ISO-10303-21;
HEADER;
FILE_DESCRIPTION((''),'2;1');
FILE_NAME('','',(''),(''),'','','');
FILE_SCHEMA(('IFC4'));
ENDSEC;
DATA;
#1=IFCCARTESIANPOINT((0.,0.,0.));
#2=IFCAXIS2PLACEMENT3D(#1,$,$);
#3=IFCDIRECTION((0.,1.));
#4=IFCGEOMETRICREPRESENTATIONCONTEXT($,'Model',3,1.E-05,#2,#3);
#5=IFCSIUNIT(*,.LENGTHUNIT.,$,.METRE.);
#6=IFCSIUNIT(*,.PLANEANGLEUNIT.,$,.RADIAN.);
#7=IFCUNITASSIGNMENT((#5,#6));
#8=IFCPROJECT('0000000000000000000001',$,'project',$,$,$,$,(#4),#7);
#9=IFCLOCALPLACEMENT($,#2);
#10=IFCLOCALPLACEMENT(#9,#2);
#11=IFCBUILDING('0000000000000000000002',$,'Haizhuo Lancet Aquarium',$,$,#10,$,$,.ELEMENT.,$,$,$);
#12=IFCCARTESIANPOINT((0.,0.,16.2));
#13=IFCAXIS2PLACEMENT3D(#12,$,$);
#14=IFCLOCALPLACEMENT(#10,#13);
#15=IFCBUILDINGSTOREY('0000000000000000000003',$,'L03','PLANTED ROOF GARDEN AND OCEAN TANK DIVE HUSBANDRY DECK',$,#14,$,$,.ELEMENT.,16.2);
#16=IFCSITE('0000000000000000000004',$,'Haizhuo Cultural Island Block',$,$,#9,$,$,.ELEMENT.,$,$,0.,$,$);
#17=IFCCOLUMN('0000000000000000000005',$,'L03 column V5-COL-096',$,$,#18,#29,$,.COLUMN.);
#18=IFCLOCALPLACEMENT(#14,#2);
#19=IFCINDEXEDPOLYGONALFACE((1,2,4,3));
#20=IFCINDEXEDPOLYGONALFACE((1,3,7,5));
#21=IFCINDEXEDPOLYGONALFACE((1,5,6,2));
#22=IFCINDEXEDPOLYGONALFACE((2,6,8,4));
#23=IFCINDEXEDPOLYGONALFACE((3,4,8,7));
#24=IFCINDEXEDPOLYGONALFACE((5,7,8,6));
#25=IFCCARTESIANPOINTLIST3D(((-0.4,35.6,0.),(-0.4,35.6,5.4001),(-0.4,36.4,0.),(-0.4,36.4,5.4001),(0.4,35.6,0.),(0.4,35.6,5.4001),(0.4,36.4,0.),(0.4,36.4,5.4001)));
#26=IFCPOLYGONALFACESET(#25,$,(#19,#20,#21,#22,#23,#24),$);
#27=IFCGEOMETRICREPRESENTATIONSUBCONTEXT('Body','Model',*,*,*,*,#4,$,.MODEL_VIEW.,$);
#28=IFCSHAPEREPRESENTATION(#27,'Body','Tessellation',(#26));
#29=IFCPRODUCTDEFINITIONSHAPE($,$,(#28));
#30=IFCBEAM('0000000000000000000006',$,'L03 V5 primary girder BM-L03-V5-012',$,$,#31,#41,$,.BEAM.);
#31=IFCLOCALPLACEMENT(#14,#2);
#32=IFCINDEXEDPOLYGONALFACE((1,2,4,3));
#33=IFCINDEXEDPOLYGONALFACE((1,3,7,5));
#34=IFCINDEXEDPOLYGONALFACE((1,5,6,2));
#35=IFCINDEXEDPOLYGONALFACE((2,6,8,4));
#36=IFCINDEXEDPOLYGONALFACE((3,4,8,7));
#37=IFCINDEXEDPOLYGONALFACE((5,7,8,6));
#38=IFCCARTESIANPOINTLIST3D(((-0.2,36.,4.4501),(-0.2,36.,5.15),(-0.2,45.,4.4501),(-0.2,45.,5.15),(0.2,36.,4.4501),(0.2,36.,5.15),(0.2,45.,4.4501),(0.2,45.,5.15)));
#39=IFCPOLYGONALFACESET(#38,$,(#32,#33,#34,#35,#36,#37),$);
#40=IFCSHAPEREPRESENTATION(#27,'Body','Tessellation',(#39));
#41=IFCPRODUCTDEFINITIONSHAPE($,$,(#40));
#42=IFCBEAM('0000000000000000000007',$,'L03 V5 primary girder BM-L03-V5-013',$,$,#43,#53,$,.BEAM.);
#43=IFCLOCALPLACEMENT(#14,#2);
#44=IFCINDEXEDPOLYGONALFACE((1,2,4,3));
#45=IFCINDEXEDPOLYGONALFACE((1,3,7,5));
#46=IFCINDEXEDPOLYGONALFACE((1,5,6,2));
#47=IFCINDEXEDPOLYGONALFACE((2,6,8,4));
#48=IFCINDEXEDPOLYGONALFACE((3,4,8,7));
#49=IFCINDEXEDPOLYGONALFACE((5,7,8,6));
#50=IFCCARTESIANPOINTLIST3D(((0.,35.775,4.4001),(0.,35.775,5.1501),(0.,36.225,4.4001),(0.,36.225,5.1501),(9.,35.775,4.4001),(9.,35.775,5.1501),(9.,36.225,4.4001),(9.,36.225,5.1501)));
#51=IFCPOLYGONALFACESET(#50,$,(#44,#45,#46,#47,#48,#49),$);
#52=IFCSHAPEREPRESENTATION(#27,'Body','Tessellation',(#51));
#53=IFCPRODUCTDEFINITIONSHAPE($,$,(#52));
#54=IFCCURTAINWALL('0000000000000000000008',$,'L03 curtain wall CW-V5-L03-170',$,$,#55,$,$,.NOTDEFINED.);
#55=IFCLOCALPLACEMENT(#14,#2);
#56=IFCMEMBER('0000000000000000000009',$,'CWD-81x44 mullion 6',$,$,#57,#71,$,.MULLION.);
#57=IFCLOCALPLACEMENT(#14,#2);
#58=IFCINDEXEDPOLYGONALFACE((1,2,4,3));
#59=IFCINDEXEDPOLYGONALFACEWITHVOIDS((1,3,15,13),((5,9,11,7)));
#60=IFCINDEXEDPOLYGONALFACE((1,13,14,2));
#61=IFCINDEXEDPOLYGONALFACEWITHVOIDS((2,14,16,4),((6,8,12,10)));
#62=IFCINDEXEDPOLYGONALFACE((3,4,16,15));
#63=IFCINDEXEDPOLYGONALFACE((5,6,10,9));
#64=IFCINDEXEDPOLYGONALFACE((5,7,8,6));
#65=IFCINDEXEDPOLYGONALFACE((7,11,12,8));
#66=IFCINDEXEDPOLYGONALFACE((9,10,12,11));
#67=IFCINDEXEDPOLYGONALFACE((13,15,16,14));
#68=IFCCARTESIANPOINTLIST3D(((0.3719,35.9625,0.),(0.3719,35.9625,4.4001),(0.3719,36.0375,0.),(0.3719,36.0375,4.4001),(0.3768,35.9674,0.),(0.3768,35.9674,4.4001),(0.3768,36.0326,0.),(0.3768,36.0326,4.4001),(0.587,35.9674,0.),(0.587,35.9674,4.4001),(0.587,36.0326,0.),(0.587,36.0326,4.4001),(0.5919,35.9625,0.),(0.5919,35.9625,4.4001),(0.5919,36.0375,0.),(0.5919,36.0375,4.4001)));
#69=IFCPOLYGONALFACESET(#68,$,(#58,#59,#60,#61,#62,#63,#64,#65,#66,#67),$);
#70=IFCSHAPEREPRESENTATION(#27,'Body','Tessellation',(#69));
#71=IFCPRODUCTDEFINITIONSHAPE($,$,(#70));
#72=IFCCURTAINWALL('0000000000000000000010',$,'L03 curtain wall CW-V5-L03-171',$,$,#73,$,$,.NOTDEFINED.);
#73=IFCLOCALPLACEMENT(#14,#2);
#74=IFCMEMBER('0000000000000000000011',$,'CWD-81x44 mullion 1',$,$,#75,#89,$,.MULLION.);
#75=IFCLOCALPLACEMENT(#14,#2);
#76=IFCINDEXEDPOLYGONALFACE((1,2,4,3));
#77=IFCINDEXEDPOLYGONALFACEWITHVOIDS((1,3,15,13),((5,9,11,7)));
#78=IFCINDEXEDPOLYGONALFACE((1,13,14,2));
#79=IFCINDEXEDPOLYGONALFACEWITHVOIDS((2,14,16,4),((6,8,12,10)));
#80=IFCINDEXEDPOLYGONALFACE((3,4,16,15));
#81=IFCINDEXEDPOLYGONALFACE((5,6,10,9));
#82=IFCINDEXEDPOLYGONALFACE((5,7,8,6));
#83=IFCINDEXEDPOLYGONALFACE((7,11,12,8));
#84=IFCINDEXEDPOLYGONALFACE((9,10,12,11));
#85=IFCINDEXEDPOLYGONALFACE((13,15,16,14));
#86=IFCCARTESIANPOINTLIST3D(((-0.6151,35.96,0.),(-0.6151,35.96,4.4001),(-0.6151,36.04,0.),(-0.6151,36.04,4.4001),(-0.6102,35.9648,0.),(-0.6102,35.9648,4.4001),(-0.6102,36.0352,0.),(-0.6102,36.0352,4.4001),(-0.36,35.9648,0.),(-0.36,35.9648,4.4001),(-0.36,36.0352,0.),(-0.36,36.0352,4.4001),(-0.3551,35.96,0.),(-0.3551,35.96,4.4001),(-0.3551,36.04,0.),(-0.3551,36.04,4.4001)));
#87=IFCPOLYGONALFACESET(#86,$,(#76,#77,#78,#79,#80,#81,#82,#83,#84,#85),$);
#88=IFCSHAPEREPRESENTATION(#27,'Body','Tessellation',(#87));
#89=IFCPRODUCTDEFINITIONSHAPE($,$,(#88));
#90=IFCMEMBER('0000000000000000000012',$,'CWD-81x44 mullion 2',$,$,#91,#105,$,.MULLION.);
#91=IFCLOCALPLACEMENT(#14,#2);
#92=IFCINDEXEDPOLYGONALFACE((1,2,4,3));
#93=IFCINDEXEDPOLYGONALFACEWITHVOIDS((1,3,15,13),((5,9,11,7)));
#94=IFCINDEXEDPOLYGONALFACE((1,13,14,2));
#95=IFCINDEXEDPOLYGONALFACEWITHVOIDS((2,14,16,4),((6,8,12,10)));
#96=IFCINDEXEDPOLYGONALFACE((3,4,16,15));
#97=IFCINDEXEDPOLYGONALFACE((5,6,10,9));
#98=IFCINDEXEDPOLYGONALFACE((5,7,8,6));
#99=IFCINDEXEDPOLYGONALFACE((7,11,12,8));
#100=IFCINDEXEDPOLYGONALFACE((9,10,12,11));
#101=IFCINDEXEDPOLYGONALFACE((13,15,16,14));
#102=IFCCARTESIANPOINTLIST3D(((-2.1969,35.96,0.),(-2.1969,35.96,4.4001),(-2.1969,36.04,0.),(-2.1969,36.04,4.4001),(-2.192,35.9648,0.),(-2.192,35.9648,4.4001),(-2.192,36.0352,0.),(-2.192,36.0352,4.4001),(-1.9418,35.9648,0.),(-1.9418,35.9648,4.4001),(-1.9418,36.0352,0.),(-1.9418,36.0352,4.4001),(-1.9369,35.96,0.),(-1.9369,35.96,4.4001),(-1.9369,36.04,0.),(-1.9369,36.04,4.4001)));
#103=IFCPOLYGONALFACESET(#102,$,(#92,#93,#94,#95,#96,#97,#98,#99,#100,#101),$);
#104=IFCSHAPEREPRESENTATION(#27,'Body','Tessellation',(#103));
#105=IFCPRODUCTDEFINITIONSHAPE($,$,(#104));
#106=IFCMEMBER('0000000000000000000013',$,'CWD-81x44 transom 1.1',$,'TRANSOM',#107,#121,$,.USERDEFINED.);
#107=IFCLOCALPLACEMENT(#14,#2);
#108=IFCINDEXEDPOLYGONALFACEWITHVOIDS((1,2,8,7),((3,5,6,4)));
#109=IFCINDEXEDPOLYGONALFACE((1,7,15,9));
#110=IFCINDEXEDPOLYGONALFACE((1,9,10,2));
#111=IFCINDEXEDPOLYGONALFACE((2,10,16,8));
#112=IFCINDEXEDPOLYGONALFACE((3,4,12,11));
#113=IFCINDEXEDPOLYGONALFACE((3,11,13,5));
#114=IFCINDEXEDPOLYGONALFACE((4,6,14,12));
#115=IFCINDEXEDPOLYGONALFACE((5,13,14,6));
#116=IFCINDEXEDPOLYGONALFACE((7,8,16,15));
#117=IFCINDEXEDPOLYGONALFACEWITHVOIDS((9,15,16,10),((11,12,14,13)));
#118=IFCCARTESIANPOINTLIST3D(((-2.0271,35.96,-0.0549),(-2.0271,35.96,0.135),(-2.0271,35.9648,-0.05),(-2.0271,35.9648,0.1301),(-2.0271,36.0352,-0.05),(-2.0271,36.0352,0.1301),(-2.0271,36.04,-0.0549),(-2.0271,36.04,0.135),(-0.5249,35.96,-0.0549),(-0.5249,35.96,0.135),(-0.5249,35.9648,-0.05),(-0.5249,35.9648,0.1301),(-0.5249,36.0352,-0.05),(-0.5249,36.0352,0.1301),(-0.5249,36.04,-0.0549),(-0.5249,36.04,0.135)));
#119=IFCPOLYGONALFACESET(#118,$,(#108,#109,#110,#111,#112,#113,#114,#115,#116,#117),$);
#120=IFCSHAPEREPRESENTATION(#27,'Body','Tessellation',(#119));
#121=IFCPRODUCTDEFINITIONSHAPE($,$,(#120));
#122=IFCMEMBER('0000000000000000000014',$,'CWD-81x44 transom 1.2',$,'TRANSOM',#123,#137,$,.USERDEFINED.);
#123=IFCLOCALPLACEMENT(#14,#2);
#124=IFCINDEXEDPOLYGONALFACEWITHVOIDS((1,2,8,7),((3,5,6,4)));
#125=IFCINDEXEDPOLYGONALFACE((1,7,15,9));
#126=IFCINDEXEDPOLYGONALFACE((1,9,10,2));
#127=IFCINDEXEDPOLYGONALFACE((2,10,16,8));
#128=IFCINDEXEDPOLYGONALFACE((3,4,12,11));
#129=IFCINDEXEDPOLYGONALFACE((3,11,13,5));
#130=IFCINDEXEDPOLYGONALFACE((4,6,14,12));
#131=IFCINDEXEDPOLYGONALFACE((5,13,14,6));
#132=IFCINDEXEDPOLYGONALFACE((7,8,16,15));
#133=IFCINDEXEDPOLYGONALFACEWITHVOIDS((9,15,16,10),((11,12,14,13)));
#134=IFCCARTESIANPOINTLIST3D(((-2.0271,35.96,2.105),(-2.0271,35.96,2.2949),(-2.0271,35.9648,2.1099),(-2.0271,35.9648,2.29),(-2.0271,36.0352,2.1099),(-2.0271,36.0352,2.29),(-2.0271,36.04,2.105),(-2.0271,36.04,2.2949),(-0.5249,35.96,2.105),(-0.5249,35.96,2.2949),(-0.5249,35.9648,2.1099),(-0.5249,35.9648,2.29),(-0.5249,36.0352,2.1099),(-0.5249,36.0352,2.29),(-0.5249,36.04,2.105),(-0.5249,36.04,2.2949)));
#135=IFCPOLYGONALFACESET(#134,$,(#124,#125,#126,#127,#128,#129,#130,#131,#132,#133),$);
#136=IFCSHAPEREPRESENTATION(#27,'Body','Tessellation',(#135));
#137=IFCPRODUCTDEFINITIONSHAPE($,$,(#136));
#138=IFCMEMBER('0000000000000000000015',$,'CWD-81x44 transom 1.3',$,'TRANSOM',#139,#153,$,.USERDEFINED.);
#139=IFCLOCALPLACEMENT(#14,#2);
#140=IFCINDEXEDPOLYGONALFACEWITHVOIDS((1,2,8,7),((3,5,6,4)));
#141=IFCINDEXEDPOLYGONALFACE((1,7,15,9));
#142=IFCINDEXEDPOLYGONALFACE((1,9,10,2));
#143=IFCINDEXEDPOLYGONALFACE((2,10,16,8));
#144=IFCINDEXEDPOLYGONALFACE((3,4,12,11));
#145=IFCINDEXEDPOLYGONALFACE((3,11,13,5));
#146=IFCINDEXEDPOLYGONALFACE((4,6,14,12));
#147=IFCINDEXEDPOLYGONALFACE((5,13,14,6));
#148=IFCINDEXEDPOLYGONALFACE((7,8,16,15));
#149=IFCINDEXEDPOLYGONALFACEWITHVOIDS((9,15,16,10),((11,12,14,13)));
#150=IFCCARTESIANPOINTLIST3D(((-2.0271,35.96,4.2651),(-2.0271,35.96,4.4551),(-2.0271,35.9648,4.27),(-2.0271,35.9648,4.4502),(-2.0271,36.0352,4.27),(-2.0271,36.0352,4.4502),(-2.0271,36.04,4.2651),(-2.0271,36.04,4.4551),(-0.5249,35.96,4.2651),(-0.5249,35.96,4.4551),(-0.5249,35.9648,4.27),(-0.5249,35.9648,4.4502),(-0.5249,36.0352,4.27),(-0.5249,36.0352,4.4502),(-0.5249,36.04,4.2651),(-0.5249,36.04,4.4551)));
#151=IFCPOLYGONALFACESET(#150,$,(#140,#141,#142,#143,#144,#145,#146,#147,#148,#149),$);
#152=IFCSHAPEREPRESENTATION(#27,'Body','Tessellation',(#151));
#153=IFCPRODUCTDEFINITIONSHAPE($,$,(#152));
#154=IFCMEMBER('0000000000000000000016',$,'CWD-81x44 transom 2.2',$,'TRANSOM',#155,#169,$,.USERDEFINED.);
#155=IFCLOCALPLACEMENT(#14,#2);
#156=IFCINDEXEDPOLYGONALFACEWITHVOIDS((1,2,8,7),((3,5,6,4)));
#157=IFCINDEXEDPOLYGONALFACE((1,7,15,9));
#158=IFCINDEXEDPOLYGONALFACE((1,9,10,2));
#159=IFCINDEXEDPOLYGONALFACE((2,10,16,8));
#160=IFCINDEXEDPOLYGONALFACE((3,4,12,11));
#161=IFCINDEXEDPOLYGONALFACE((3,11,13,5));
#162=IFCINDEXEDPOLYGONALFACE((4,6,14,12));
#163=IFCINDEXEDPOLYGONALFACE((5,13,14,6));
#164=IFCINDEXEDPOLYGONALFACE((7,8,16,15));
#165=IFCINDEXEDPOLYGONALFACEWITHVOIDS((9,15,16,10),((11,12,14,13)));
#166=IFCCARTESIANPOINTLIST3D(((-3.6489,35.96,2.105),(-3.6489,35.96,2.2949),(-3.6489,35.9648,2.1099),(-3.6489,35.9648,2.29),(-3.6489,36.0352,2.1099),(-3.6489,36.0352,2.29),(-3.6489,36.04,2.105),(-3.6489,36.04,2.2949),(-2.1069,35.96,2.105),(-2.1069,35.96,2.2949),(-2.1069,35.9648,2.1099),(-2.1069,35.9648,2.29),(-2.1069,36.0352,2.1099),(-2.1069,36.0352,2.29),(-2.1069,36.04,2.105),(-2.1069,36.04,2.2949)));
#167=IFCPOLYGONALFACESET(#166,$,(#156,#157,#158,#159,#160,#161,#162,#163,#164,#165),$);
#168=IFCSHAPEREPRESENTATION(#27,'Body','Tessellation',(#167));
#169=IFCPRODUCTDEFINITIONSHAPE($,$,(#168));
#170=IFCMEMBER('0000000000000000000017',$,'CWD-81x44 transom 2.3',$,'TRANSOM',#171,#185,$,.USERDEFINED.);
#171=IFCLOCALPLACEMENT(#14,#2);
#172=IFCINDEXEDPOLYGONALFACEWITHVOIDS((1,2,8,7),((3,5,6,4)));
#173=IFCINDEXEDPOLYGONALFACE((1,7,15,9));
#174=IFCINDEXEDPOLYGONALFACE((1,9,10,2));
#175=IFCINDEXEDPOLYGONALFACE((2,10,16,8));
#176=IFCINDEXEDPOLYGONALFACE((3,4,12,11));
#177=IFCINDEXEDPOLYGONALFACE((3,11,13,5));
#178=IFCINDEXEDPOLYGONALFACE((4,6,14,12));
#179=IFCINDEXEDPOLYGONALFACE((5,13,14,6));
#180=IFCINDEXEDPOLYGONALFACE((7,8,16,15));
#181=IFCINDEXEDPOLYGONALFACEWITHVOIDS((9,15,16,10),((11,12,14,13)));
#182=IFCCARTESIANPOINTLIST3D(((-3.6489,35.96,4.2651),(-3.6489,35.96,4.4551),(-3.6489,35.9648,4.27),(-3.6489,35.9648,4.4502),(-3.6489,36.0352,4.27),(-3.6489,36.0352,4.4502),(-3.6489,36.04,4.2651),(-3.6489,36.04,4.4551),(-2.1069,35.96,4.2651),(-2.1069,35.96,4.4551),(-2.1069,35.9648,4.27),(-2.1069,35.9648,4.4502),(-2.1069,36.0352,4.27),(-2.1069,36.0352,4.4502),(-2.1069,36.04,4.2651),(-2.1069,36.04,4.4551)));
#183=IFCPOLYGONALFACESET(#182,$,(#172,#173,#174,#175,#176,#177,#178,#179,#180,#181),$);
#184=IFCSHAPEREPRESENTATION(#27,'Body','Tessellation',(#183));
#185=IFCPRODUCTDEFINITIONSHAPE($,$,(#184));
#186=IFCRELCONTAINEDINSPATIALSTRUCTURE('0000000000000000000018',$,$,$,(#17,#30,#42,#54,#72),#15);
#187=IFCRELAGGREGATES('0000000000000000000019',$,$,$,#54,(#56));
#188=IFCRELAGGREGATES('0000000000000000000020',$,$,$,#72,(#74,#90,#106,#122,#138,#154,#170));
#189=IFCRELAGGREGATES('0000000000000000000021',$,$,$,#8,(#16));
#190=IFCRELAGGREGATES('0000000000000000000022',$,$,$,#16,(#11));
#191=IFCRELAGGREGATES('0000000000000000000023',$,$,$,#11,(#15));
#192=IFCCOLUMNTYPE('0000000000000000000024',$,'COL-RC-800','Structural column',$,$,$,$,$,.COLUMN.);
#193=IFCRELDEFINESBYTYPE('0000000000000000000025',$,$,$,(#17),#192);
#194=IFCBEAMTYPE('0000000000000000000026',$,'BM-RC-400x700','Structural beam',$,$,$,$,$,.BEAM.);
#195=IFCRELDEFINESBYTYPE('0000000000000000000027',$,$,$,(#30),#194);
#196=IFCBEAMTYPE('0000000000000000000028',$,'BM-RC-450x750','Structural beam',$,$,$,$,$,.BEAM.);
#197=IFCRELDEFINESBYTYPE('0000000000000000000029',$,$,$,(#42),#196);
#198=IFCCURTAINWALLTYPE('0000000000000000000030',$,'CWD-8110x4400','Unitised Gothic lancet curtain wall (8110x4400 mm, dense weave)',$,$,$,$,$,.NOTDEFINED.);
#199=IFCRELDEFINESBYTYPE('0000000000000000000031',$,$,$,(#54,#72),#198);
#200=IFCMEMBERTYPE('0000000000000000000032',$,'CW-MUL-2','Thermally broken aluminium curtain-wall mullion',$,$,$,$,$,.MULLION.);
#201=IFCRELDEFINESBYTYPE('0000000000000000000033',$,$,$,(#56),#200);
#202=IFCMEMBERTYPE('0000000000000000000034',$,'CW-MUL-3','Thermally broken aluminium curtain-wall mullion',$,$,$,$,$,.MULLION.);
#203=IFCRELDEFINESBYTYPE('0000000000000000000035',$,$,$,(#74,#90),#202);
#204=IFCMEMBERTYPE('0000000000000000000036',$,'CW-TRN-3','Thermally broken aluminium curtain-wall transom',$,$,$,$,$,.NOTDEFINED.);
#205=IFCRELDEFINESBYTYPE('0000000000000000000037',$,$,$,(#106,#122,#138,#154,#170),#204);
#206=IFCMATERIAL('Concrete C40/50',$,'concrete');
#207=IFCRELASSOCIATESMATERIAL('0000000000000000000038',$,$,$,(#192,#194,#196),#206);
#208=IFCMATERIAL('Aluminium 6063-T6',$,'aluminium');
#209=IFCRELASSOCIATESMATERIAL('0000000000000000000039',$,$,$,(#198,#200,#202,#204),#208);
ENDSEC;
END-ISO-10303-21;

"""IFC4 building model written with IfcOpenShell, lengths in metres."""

from ifc_helpers import new_model, si_unit, direction, frame, origin, origin_2d, place, context, subcontext, project, spatial, rectangle, hollow_rectangle, extrude, material, material_profile, profile_set, type_object, element, aggregate, save


model = new_model("IFC4")

# Units and contexts
model_context = context("Model", 3, precision=1e-05, world=origin(), true_north=direction((0.0, 1.0)))
body_context = subcontext(model_context, "Body", "Model", "MODEL_VIEW")
ifc_project = project(units=[si_unit("LENGTHUNIT", "METRE"), si_unit("PLANEANGLEUNIT", "RADIAN")], contexts=[model_context])

# Site, building, storey
site_placement = place(None, origin())
site = spatial("IfcSite", under=ifc_project, at=site_placement, Name="Haizhuo Cultural Island Block", CompositionType="ELEMENT", RefElevation=0.0)
building_placement = place(site_placement, origin())
building = spatial("IfcBuilding", under=site, at=building_placement, Name="Haizhuo Lancet Aquarium", CompositionType="ELEMENT")
storey_placement = place(building_placement, frame((0.0, 0.0, 16.2)))
storey = spatial("IfcBuildingStorey", under=building, at=storey_placement, Name="L03", Description="PLANTED ROOF GARDEN AND OCEAN TANK DIVE HUSBANDRY DECK", CompositionType="ELEMENT", Elevation=16.2)

# Column
ifc_material_1 = material(Name="Concrete C40/50", Category="concrete")
ifc_material_profile_1 = material_profile(ifc_material_1, rectangle(XDim=0.8, YDim=0.8, at=origin_2d()), Name="RC-COL 800x800")
ifc_profile_set_1 = profile_set([ifc_material_profile_1], Name="Concrete C40/50")
column_type = type_object("IfcColumnType", Name="COL-RC-800", Description="Structural column", PredefinedType="COLUMN", material=ifc_profile_set_1)
column_placement = place(storey_placement, frame((0.0, 36.0, 0.0), z_axis=(0.0, 0.0, 1.0), x_axis=(1.0, 0.0, 0.0)))
element("IfcColumn", 1, at=column_placement, inside=storey, type_object=column_type, Name="L03 column V5-COL-096", PredefinedType="COLUMN", context=body_context, shape_type="SweptSolid", body=[
    extrude(rectangle(XDim=0.8, YDim=0.8, at=origin_2d()), origin(), (0.0, 0.0, 1.0), 5.4001),
])

# Beams
ifc_material_profile_2 = material_profile(ifc_material_1, rectangle(XDim=0.3999, YDim=0.7, at=origin_2d()), Name="RC-BM 400x700")
ifc_profile_set_2 = profile_set([ifc_material_profile_2], Name="Concrete C40/50")
beam_type_1 = type_object("IfcBeamType", Name="BM-RC-400x700", Description="Structural beam", PredefinedType="BEAM", material=ifc_profile_set_2)
beam_1_placement = place(storey_placement, frame((0.0, 36.0, 4.8), z_axis=(0.0, 1.0, 0.0), x_axis=(-1.0, 0.0, 0.0)))
element("IfcBeam", 2, at=beam_1_placement, inside=storey, type_object=beam_type_1, Name="L03 V5 primary girder BM-L03-V5-012", PredefinedType="BEAM", context=body_context, shape_type="SweptSolid", body=[
    extrude(rectangle(XDim=0.3999, YDim=0.7, at=origin_2d()), origin(), (0.0, 0.0, 1.0), 9.0),
])
ifc_material_profile_3 = material_profile(ifc_material_1, rectangle(XDim=0.45, YDim=0.75, at=origin_2d()), Name="RC-BM 450x750")
ifc_profile_set_3 = profile_set([ifc_material_profile_3], Name="Concrete C40/50")
beam_type_2 = type_object("IfcBeamType", Name="BM-RC-450x750", Description="Structural beam", PredefinedType="BEAM", material=ifc_profile_set_3)
beam_2_placement = place(storey_placement, frame((0.0, 36.0, 4.7751), z_axis=(1.0, 0.0, 0.0), x_axis=(0.0, 1.0, 0.0)))
element("IfcBeam", 3, at=beam_2_placement, inside=storey, type_object=beam_type_2, Name="L03 V5 primary girder BM-L03-V5-013", PredefinedType="BEAM", context=body_context, shape_type="SweptSolid", body=[
    extrude(rectangle(XDim=0.45, YDim=0.75, at=origin_2d()), origin(), (0.0, 0.0, 1.0), 9.0),
])

# Curtain wall, member
ifc_material_2 = material(Name="Aluminium 6063-T6", Category="aluminium")
curtain_wall_type = type_object("IfcCurtainWallType", Name="CWD-8110x4400", Description="Unitised Gothic lancet curtain wall (8110x4400 mm, dense weave)", PredefinedType="NOTDEFINED", material=ifc_material_2)
curtain_wall_1_placement = place(storey_placement, origin())
curtain_wall_1 = element("IfcCurtainWall", 4, at=curtain_wall_1_placement, inside=storey, type_object=curtain_wall_type, Name="L03 curtain wall CW-V5-L03-170", PredefinedType="NOTDEFINED")
ifc_material_profile_4 = material_profile(ifc_material_2, hollow_rectangle(XDim=0.075, YDim=0.22, WallThickness=0.0049, at=origin_2d()), Name="ALU-M 75x220x5")
ifc_profile_set_4 = profile_set([ifc_material_profile_4], Name="Aluminium 6063-T6")
member_type_1 = type_object("IfcMemberType", Name="CW-MUL-2", Description="Thermally broken aluminium curtain-wall mullion", PredefinedType="MULLION", material=ifc_profile_set_4)
member_1_placement = place(storey_placement, frame((0.4819, 36.0, 0.0), z_axis=(0.0, 0.0, 1.0), x_axis=(0.0, -1.0, 0.0)))
member_1 = element("IfcMember", 5, at=member_1_placement, type_object=member_type_1, Name="CWD-81x44 mullion 6", PredefinedType="MULLION", context=body_context, shape_type="SweptSolid", body=[
    extrude(hollow_rectangle(XDim=0.075, YDim=0.22, WallThickness=0.0049, at=origin_2d()), origin(), (0.0, 0.0, 1.0), 4.4001),
])

# Curtain wall, members
curtain_wall_2_placement = place(storey_placement, origin())
curtain_wall_2 = element("IfcCurtainWall", 6, at=curtain_wall_2_placement, inside=storey, type_object=curtain_wall_type, Name="L03 curtain wall CW-V5-L03-171", PredefinedType="NOTDEFINED")
ifc_material_profile_5 = material_profile(ifc_material_2, hollow_rectangle(XDim=0.0801, YDim=0.26, WallThickness=0.0049, at=origin_2d()), Name="ALU-M 80x260x5")
ifc_profile_set_5 = profile_set([ifc_material_profile_5], Name="Aluminium 6063-T6")
member_type_2 = type_object("IfcMemberType", Name="CW-MUL-3", Description="Thermally broken aluminium curtain-wall mullion", PredefinedType="MULLION", material=ifc_profile_set_5)
member_2_placement = place(storey_placement, frame((-0.4851, 36.0, 0.0), z_axis=(0.0, 0.0, 1.0), x_axis=(0.0, -1.0, 0.0)))
member_2 = element("IfcMember", 7, at=member_2_placement, type_object=member_type_2, Name="CWD-81x44 mullion 1", PredefinedType="MULLION", context=body_context, shape_type="SweptSolid", body=[
    extrude(hollow_rectangle(XDim=0.0801, YDim=0.26, WallThickness=0.0049, at=origin_2d()), origin(), (0.0, 0.0, 1.0), 4.4001),
])
member_3_placement = place(storey_placement, frame((-2.0669, 36.0, 0.0), z_axis=(0.0, 0.0, 1.0), x_axis=(0.0, -1.0, 0.0)))
member_3 = element("IfcMember", 8, at=member_3_placement, type_object=member_type_2, Name="CWD-81x44 mullion 2", PredefinedType="MULLION", context=body_context, shape_type="SweptSolid", body=[
    extrude(hollow_rectangle(XDim=0.0801, YDim=0.26, WallThickness=0.0049, at=origin_2d()), origin(), (0.0, 0.0, 1.0), 4.4001),
])
ifc_material_profile_6 = material_profile(ifc_material_2, hollow_rectangle(XDim=0.0801, YDim=0.1899, WallThickness=0.0049, at=origin_2d()), Name="ALU-T 80x190x5")
ifc_profile_set_6 = profile_set([ifc_material_profile_6], Name="Aluminium 6063-T6")
member_type_3 = type_object("IfcMemberType", Name="CW-TRN-3", Description="Thermally broken aluminium curtain-wall transom", PredefinedType="NOTDEFINED", material=ifc_profile_set_6)
member_4_placement = place(storey_placement, frame((-0.5249, 36.0, 0.04), z_axis=(-1.0, 0.0, 0.0), x_axis=(0.0, -1.0, 0.0)))
member_4 = element("IfcMember", 9, at=member_4_placement, type_object=member_type_3, Name="CWD-81x44 transom 1.1", ObjectType="TRANSOM", PredefinedType="USERDEFINED", context=body_context, shape_type="SweptSolid", body=[
    extrude(hollow_rectangle(XDim=0.0801, YDim=0.1899, WallThickness=0.0049, at=origin_2d()), origin(), (0.0, 0.0, 1.0), 1.5022),
])
member_5_placement = place(storey_placement, frame((-0.5249, 36.0, 2.2), z_axis=(-1.0, 0.0, 0.0), x_axis=(0.0, -1.0, 0.0)))
member_5 = element("IfcMember", 10, at=member_5_placement, type_object=member_type_3, Name="CWD-81x44 transom 1.2", ObjectType="TRANSOM", PredefinedType="USERDEFINED", context=body_context, shape_type="SweptSolid", body=[
    extrude(hollow_rectangle(XDim=0.0801, YDim=0.1899, WallThickness=0.0049, at=origin_2d()), origin(), (0.0, 0.0, 1.0), 1.5022),
])
member_6_placement = place(storey_placement, frame((-0.5249, 36.0, 4.3601), z_axis=(-1.0, 0.0, 0.0), x_axis=(0.0, -1.0, 0.0)))
member_6 = element("IfcMember", 11, at=member_6_placement, type_object=member_type_3, Name="CWD-81x44 transom 1.3", ObjectType="TRANSOM", PredefinedType="USERDEFINED", context=body_context, shape_type="SweptSolid", body=[
    extrude(hollow_rectangle(XDim=0.0801, YDim=0.1899, WallThickness=0.0049, at=origin_2d()), origin(), (0.0, 0.0, 1.0), 1.5022),
])
member_7_placement = place(storey_placement, frame((-2.1069, 36.0, 2.2), z_axis=(-1.0, 0.0, 0.0), x_axis=(0.0, -1.0, 0.0)))
member_7 = element("IfcMember", 12, at=member_7_placement, type_object=member_type_3, Name="CWD-81x44 transom 2.2", ObjectType="TRANSOM", PredefinedType="USERDEFINED", context=body_context, shape_type="SweptSolid", body=[
    extrude(hollow_rectangle(XDim=0.0801, YDim=0.1899, WallThickness=0.0049, at=origin_2d()), origin(), (0.0, 0.0, 1.0), 1.542),
])
member_8_placement = place(storey_placement, frame((-2.1069, 36.0, 4.3601), z_axis=(-1.0, 0.0, 0.0), x_axis=(0.0, -1.0, 0.0)))
member_8 = element("IfcMember", 13, at=member_8_placement, type_object=member_type_3, Name="CWD-81x44 transom 2.3", ObjectType="TRANSOM", PredefinedType="USERDEFINED", context=body_context, shape_type="SweptSolid", body=[
    extrude(hollow_rectangle(XDim=0.0801, YDim=0.1899, WallThickness=0.0049, at=origin_2d()), origin(), (0.0, 0.0, 1.0), 1.542),
])

aggregate(curtain_wall_1, [member_1])
aggregate(curtain_wall_2, [member_2, member_3, member_4, member_5, member_6, member_7, member_8])

save(model, "model.ifc")
